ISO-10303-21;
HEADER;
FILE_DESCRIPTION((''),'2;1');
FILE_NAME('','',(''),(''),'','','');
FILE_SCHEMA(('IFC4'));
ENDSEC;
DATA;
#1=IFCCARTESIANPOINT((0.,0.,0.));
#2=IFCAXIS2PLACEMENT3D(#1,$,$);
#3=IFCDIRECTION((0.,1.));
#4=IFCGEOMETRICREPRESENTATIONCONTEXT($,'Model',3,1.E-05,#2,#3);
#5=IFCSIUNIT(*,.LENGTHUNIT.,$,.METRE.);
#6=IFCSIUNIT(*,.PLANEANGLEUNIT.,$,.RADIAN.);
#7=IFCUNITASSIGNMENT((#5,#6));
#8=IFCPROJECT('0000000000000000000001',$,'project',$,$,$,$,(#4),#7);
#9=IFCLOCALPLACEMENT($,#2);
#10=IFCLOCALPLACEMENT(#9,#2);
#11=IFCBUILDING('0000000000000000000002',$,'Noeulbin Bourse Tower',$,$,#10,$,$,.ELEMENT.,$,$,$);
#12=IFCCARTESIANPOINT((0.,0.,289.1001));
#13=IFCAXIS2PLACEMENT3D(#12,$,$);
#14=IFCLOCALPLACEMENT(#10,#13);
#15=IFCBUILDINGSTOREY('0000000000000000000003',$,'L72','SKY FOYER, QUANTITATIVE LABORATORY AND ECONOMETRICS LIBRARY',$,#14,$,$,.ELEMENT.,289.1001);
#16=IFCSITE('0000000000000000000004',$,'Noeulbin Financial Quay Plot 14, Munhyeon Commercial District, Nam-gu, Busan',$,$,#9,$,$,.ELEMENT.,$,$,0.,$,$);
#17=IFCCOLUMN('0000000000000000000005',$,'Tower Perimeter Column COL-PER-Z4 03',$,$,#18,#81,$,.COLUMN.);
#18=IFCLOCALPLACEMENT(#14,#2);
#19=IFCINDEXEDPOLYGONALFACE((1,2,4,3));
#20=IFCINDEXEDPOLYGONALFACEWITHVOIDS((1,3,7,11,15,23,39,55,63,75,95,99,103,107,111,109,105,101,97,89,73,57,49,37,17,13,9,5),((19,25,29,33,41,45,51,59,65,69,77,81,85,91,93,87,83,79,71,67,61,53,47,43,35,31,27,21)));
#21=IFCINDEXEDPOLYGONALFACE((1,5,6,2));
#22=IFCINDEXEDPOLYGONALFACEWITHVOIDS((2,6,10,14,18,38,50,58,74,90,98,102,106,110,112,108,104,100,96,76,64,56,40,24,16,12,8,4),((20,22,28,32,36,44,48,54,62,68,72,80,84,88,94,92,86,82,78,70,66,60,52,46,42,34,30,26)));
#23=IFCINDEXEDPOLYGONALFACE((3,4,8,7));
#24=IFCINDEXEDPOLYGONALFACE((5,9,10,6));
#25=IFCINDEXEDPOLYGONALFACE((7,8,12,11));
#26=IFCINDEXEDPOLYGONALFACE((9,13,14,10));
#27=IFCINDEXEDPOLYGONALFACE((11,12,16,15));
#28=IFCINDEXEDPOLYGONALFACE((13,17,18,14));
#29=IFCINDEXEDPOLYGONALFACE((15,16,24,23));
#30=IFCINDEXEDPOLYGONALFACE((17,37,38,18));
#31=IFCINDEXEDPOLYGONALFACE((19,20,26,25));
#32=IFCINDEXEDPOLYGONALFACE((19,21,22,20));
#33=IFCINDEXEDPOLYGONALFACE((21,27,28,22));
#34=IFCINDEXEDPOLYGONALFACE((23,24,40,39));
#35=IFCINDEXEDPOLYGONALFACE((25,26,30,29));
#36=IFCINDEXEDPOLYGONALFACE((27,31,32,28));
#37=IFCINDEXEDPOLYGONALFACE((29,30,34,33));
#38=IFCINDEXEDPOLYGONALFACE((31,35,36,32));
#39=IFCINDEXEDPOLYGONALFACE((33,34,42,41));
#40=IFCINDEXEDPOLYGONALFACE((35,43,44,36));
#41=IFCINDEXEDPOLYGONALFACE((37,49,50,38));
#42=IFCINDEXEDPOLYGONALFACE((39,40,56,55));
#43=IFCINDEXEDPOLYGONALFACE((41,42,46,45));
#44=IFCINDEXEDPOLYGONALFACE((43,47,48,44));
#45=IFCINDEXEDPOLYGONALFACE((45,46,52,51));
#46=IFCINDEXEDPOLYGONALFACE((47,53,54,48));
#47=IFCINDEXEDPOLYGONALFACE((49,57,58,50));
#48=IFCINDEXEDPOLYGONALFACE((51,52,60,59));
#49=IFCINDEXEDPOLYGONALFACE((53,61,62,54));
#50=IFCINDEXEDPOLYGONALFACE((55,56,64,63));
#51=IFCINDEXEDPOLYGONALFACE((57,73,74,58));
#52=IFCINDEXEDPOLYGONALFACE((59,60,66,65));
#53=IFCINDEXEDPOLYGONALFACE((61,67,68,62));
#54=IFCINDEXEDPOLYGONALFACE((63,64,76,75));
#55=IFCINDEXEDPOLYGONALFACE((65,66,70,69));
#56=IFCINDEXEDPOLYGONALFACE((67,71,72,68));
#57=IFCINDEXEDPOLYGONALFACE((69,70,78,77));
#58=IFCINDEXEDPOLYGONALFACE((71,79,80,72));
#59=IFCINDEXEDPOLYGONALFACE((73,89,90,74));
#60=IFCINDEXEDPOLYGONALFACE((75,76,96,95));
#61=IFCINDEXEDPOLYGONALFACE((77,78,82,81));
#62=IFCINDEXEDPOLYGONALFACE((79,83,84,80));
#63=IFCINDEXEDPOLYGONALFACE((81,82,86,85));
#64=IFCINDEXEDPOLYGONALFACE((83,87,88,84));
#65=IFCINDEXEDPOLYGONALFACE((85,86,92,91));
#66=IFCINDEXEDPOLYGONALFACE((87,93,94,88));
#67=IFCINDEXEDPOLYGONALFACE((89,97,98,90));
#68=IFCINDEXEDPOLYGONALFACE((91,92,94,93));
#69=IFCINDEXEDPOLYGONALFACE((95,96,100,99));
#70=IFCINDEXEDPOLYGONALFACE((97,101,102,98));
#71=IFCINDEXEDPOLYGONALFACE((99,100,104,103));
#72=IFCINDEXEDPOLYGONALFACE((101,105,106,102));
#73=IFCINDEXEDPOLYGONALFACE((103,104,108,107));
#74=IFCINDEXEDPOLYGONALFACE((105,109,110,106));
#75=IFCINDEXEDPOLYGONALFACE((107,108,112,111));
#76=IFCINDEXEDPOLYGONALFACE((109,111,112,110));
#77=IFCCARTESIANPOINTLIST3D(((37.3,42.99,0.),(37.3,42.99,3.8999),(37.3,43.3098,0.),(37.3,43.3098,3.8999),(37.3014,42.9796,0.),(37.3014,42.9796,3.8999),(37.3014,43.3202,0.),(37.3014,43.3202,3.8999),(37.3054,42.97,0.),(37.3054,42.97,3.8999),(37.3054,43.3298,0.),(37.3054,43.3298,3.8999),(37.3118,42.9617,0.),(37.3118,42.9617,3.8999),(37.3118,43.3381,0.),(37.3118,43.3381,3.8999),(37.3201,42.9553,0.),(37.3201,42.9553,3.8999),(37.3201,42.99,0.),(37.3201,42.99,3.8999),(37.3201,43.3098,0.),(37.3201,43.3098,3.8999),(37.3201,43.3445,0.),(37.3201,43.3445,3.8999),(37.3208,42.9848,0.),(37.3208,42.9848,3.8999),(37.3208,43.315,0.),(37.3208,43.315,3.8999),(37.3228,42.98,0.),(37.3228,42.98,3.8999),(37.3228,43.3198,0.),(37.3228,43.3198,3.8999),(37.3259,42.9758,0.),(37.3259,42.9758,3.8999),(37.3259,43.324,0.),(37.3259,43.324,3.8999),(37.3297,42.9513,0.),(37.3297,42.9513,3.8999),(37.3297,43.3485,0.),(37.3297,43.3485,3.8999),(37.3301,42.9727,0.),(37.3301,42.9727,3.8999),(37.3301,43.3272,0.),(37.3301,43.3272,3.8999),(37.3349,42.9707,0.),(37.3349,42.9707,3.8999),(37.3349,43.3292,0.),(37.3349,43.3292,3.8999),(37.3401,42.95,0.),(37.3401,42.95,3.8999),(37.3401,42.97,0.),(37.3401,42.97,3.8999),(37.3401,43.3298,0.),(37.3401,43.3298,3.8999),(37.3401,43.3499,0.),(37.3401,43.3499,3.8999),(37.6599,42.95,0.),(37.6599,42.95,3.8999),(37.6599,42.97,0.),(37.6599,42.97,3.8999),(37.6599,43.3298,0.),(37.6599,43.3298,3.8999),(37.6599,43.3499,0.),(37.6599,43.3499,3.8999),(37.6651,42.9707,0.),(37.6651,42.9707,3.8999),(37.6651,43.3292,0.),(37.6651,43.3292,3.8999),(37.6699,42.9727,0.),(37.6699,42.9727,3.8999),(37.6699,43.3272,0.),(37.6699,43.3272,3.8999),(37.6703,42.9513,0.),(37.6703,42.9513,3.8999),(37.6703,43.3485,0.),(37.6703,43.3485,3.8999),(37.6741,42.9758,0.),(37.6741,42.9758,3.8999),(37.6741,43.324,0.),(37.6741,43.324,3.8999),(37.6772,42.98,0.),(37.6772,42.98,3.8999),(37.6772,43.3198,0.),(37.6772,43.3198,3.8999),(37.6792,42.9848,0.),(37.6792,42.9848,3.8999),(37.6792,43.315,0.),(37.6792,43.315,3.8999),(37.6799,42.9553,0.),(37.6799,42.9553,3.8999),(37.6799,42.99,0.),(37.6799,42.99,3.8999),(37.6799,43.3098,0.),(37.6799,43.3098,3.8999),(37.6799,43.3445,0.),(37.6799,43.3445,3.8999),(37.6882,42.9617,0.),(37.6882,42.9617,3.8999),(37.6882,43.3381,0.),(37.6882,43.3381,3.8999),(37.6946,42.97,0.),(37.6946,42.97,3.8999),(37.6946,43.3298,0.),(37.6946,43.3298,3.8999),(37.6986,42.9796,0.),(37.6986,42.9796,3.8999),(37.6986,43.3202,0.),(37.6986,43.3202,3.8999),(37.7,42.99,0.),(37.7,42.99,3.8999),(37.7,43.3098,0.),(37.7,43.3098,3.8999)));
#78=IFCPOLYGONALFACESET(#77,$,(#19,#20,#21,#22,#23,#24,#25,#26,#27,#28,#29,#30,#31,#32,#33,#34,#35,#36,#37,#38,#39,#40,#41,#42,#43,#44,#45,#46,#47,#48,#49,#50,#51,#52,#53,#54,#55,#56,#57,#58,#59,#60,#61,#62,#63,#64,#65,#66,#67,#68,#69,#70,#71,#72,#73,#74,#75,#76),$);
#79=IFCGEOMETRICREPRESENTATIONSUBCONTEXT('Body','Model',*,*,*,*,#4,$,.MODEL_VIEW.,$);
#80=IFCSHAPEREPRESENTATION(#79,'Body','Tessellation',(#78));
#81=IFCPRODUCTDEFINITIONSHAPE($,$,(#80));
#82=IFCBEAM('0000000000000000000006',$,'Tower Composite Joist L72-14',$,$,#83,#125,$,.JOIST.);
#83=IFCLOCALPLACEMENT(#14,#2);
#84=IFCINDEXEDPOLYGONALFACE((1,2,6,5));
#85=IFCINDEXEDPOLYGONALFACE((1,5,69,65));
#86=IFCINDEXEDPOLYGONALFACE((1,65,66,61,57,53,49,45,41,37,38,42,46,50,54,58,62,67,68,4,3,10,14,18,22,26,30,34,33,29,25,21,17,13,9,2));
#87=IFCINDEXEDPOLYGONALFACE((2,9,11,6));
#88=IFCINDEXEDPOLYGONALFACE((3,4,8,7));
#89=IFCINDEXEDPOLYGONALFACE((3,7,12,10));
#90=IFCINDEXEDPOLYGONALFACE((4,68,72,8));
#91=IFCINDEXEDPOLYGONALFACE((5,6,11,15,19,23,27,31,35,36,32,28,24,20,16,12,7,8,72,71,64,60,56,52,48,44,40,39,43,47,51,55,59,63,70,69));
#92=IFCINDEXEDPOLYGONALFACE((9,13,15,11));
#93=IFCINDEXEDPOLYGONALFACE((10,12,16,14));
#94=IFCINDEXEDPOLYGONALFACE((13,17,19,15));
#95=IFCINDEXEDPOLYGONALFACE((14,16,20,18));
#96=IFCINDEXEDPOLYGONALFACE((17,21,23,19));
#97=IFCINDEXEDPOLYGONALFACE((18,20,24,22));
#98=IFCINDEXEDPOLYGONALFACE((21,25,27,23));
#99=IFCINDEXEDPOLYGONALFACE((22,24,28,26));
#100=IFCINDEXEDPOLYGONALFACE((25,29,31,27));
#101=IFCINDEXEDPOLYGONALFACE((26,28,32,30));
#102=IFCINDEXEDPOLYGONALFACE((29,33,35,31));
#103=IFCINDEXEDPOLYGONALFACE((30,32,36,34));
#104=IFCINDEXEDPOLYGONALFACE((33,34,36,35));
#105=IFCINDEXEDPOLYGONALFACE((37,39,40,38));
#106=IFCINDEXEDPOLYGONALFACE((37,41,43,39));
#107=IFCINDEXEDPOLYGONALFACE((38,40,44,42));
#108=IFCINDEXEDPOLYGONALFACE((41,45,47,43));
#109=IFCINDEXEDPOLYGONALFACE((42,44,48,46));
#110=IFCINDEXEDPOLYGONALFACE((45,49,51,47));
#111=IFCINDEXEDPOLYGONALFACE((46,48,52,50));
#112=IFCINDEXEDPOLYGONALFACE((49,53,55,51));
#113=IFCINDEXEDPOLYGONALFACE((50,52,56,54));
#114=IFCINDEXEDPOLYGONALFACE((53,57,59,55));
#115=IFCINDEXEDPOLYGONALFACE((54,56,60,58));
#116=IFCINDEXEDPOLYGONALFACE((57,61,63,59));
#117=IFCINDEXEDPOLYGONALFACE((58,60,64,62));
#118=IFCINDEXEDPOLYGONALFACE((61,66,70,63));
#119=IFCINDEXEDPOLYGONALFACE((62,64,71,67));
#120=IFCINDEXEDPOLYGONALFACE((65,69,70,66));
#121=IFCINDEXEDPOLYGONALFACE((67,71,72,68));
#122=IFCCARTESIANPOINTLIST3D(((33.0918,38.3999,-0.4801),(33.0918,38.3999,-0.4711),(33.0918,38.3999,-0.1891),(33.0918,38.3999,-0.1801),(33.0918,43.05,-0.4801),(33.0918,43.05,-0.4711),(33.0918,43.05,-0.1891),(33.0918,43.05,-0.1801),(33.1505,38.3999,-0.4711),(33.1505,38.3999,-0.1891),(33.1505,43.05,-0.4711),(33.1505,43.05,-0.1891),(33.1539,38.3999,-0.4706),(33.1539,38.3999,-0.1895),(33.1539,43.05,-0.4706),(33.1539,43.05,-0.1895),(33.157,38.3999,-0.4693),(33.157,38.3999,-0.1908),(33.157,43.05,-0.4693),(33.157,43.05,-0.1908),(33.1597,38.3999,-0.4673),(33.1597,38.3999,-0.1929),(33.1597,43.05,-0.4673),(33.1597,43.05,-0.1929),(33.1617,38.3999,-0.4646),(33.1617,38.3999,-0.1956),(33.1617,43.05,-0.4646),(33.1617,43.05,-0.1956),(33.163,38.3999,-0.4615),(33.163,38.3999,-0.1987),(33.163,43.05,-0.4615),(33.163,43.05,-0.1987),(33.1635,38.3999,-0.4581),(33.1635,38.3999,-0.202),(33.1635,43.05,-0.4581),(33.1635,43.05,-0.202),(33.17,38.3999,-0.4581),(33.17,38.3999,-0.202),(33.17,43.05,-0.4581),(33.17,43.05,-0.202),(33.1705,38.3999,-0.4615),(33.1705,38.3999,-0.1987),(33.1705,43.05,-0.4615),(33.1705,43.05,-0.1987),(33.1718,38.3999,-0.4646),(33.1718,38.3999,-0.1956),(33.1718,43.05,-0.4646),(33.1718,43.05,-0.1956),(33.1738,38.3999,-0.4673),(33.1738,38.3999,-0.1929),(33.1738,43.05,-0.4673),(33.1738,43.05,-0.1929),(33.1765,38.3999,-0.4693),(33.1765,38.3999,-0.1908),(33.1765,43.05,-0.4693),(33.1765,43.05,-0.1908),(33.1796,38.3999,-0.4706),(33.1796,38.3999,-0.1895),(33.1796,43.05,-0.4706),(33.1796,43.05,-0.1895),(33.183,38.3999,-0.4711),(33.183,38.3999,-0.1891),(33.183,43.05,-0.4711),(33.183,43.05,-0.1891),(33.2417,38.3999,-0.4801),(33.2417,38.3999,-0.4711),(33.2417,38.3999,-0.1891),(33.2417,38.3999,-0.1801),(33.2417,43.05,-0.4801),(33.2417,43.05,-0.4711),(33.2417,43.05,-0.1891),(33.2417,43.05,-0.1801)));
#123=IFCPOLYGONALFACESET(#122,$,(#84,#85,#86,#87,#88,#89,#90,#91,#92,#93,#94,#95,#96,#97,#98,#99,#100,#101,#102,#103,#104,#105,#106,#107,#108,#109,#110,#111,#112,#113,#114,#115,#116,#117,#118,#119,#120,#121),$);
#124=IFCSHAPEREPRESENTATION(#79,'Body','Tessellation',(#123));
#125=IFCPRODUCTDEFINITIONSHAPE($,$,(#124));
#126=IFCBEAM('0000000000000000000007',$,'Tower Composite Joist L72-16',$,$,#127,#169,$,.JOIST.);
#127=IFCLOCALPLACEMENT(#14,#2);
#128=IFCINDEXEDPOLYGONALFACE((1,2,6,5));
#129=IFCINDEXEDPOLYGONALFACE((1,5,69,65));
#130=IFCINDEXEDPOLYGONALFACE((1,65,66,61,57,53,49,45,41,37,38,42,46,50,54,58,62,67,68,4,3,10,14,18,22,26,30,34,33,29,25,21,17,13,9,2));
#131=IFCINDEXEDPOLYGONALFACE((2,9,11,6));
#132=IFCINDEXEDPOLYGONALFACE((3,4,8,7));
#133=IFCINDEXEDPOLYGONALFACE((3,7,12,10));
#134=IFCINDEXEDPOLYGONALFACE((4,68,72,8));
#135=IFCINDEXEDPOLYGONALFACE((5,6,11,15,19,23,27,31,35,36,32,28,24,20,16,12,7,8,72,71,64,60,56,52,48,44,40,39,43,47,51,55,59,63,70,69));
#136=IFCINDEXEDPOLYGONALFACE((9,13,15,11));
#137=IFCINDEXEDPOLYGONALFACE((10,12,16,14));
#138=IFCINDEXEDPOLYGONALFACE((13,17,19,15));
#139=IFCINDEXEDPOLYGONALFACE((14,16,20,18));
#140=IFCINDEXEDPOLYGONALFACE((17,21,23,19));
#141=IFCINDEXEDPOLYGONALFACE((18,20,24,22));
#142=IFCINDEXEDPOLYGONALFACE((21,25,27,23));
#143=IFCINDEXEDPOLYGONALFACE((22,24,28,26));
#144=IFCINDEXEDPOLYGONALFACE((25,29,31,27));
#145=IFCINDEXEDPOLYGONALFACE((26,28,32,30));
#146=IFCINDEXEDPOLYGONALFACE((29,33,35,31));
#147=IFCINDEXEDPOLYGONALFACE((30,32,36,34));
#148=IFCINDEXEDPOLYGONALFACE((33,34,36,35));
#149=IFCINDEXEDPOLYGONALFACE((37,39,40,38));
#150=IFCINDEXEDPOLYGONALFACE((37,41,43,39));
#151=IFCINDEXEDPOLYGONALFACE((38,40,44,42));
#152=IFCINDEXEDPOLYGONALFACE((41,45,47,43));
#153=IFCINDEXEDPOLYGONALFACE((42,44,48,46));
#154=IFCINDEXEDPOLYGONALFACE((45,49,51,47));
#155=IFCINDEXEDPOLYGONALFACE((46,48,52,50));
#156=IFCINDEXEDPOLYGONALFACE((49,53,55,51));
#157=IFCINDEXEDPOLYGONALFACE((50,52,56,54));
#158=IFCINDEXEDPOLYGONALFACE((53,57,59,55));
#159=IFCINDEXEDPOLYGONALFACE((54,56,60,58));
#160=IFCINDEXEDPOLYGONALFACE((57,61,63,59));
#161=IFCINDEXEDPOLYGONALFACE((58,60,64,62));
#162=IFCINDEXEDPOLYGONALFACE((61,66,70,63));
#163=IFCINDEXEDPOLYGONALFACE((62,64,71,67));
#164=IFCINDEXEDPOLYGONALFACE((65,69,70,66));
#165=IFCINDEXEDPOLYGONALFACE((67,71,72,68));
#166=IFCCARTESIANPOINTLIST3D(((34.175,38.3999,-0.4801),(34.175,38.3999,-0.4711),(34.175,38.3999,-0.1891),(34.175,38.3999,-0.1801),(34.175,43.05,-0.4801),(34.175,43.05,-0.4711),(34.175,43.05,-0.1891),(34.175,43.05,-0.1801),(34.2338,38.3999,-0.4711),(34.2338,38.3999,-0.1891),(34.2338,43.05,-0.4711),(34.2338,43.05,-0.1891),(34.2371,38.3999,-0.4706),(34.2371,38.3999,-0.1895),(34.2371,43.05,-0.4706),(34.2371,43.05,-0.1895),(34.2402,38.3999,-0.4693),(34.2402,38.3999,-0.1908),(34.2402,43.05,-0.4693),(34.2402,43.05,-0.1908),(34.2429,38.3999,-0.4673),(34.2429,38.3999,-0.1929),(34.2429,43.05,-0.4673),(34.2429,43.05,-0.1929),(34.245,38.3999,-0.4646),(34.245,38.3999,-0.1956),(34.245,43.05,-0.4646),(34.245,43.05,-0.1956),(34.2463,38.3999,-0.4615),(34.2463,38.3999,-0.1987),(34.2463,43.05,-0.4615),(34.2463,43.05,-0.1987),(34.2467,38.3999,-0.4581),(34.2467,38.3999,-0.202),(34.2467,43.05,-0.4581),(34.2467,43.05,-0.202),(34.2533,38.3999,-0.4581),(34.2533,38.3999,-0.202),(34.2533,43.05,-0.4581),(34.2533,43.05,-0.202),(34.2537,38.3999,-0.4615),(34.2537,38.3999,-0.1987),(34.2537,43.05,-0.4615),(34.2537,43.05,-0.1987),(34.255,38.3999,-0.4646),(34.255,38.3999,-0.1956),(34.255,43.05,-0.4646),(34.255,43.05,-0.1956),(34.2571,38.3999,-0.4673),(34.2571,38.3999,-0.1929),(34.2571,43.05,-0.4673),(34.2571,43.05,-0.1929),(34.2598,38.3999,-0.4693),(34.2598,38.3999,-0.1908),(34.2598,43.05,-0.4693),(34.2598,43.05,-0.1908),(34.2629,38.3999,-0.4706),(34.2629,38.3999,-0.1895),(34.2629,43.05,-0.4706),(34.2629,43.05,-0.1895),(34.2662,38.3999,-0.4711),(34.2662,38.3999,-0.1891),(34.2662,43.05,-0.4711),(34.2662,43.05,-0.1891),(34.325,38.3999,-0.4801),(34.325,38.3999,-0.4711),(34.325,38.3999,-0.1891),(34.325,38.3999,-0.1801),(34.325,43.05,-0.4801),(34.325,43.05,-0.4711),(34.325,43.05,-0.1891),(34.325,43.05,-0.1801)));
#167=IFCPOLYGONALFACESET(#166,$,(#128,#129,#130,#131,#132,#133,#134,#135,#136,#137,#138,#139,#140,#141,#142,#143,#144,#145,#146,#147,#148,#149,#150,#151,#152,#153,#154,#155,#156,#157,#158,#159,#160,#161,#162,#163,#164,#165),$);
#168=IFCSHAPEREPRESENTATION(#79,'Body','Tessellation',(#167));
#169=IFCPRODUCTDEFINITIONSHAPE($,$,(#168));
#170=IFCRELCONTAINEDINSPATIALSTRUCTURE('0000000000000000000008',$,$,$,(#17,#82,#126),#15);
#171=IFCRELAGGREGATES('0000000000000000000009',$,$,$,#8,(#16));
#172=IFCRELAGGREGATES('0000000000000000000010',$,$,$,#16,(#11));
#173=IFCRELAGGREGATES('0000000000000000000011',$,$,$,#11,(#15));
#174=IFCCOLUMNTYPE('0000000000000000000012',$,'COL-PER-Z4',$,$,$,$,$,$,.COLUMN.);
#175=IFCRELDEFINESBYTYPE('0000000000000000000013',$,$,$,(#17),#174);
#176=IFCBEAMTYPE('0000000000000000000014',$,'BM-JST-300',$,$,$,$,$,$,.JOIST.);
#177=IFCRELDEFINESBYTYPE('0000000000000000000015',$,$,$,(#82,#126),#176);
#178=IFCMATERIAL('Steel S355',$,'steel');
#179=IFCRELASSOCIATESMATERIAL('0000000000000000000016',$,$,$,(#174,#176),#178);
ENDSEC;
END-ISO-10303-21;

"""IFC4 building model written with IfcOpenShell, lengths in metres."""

from ifc_helpers import new_model, si_unit, direction, frame, origin, origin_2d, place, context, subcontext, project, spatial, hollow_rectangle, i_section, extrude, material, material_profile, profile_set, type_object, element, save


model = new_model("IFC4")

# Units and contexts
model_context = context("Model", 3, precision=1e-05, world=origin(), true_north=direction((0.0, 1.0)))
body_context = subcontext(model_context, "Body", "Model", "MODEL_VIEW")
ifc_project = project(units=[si_unit("LENGTHUNIT", "METRE"), si_unit("PLANEANGLEUNIT", "RADIAN")], contexts=[model_context])

# Site, building, storey
site_placement = place(None, origin())
site = spatial("IfcSite", under=ifc_project, at=site_placement, Name="Noeulbin Financial Quay Plot 14, Munhyeon Commercial District, Nam-gu, Busan", CompositionType="ELEMENT", RefElevation=0.0)
building_placement = place(site_placement, origin())
building = spatial("IfcBuilding", under=site, at=building_placement, Name="Noeulbin Bourse Tower", CompositionType="ELEMENT")
storey_placement = place(building_placement, frame((0.0, 0.0, 289.1001)))
storey = spatial("IfcBuildingStorey", under=building, at=storey_placement, Name="L72", Description="SKY FOYER, QUANTITATIVE LABORATORY AND ECONOMETRICS LIBRARY", CompositionType="ELEMENT", Elevation=289.1001)

# Column
ifc_material_1 = material(Name="Steel S355", Category="steel")
ifc_material_profile_1 = material_profile(ifc_material_1, hollow_rectangle(XDim=0.3999, YDim=0.3999, WallThickness=0.02, InnerFilletRadius=0.02, OuterFilletRadius=0.04, at=origin_2d()), Name="SHS-400x400x20", Category="LoadBearing")
ifc_profile_set_1 = profile_set([ifc_material_profile_1], Name="Steel S355")
column_type = type_object("IfcColumnType", Name="COL-PER-Z4", PredefinedType="COLUMN", material=ifc_profile_set_1)
column_placement = place(storey_placement, frame((37.5, 43.1499, 0.0), z_axis=(0.0, 0.0, 1.0), x_axis=(1.0, 0.0, 0.0)))
element("IfcColumn", 1, at=column_placement, inside=storey, type_object=column_type, Name="Tower Perimeter Column COL-PER-Z4 03", PredefinedType="COLUMN", context=body_context, shape_type="SweptSolid", body=[
    extrude(hollow_rectangle(XDim=0.3999, YDim=0.3999, WallThickness=0.02, InnerFilletRadius=0.02, OuterFilletRadius=0.04, at=origin_2d()), origin(), (0.0, 0.0, 1.0), 3.8999),
])

# Beams
ifc_material_profile_2 = material_profile(ifc_material_1, i_section(OverallWidth=0.1499, OverallDepth=0.3, WebThickness=0.0066, FlangeThickness=0.009, FilletRadius=0.0129, at=origin_2d()), Name="H-300x150x6.5x9", Category="LoadBearing")
ifc_profile_set_2 = profile_set([ifc_material_profile_2], Name="Steel S355")
beam_type_1 = type_object("IfcBeamType", Name="BM-JST-300", PredefinedType="JOIST", material=ifc_profile_set_2)
for number, where, z_axis, x_axis, name in (
    (2, (33.1667, 38.3999, -0.3301), (0.0, 1.0, 0.0), (-1.0, 0.0, 0.0), "Tower Composite Joist L72-14"),
    (3, (34.25, 38.3999, -0.3301), (0.0, 1.0, 0.0), (-1.0, 0.0, 0.0), "Tower Composite Joist L72-16"),
):
    element("IfcBeam", number, at=place(storey_placement, frame(where, z_axis=z_axis, x_axis=x_axis)), inside=storey, type_object=beam_type_1, Name=name, PredefinedType="JOIST", context=body_context, shape_type="SweptSolid", body=[
        extrude(i_section(OverallWidth=0.1499, OverallDepth=0.3, WebThickness=0.0066, FlangeThickness=0.009, FilletRadius=0.0129, at=origin_2d()), origin(), (0.0, 0.0, 1.0), 4.6501),
    ])

save(model, "model.ifc")
